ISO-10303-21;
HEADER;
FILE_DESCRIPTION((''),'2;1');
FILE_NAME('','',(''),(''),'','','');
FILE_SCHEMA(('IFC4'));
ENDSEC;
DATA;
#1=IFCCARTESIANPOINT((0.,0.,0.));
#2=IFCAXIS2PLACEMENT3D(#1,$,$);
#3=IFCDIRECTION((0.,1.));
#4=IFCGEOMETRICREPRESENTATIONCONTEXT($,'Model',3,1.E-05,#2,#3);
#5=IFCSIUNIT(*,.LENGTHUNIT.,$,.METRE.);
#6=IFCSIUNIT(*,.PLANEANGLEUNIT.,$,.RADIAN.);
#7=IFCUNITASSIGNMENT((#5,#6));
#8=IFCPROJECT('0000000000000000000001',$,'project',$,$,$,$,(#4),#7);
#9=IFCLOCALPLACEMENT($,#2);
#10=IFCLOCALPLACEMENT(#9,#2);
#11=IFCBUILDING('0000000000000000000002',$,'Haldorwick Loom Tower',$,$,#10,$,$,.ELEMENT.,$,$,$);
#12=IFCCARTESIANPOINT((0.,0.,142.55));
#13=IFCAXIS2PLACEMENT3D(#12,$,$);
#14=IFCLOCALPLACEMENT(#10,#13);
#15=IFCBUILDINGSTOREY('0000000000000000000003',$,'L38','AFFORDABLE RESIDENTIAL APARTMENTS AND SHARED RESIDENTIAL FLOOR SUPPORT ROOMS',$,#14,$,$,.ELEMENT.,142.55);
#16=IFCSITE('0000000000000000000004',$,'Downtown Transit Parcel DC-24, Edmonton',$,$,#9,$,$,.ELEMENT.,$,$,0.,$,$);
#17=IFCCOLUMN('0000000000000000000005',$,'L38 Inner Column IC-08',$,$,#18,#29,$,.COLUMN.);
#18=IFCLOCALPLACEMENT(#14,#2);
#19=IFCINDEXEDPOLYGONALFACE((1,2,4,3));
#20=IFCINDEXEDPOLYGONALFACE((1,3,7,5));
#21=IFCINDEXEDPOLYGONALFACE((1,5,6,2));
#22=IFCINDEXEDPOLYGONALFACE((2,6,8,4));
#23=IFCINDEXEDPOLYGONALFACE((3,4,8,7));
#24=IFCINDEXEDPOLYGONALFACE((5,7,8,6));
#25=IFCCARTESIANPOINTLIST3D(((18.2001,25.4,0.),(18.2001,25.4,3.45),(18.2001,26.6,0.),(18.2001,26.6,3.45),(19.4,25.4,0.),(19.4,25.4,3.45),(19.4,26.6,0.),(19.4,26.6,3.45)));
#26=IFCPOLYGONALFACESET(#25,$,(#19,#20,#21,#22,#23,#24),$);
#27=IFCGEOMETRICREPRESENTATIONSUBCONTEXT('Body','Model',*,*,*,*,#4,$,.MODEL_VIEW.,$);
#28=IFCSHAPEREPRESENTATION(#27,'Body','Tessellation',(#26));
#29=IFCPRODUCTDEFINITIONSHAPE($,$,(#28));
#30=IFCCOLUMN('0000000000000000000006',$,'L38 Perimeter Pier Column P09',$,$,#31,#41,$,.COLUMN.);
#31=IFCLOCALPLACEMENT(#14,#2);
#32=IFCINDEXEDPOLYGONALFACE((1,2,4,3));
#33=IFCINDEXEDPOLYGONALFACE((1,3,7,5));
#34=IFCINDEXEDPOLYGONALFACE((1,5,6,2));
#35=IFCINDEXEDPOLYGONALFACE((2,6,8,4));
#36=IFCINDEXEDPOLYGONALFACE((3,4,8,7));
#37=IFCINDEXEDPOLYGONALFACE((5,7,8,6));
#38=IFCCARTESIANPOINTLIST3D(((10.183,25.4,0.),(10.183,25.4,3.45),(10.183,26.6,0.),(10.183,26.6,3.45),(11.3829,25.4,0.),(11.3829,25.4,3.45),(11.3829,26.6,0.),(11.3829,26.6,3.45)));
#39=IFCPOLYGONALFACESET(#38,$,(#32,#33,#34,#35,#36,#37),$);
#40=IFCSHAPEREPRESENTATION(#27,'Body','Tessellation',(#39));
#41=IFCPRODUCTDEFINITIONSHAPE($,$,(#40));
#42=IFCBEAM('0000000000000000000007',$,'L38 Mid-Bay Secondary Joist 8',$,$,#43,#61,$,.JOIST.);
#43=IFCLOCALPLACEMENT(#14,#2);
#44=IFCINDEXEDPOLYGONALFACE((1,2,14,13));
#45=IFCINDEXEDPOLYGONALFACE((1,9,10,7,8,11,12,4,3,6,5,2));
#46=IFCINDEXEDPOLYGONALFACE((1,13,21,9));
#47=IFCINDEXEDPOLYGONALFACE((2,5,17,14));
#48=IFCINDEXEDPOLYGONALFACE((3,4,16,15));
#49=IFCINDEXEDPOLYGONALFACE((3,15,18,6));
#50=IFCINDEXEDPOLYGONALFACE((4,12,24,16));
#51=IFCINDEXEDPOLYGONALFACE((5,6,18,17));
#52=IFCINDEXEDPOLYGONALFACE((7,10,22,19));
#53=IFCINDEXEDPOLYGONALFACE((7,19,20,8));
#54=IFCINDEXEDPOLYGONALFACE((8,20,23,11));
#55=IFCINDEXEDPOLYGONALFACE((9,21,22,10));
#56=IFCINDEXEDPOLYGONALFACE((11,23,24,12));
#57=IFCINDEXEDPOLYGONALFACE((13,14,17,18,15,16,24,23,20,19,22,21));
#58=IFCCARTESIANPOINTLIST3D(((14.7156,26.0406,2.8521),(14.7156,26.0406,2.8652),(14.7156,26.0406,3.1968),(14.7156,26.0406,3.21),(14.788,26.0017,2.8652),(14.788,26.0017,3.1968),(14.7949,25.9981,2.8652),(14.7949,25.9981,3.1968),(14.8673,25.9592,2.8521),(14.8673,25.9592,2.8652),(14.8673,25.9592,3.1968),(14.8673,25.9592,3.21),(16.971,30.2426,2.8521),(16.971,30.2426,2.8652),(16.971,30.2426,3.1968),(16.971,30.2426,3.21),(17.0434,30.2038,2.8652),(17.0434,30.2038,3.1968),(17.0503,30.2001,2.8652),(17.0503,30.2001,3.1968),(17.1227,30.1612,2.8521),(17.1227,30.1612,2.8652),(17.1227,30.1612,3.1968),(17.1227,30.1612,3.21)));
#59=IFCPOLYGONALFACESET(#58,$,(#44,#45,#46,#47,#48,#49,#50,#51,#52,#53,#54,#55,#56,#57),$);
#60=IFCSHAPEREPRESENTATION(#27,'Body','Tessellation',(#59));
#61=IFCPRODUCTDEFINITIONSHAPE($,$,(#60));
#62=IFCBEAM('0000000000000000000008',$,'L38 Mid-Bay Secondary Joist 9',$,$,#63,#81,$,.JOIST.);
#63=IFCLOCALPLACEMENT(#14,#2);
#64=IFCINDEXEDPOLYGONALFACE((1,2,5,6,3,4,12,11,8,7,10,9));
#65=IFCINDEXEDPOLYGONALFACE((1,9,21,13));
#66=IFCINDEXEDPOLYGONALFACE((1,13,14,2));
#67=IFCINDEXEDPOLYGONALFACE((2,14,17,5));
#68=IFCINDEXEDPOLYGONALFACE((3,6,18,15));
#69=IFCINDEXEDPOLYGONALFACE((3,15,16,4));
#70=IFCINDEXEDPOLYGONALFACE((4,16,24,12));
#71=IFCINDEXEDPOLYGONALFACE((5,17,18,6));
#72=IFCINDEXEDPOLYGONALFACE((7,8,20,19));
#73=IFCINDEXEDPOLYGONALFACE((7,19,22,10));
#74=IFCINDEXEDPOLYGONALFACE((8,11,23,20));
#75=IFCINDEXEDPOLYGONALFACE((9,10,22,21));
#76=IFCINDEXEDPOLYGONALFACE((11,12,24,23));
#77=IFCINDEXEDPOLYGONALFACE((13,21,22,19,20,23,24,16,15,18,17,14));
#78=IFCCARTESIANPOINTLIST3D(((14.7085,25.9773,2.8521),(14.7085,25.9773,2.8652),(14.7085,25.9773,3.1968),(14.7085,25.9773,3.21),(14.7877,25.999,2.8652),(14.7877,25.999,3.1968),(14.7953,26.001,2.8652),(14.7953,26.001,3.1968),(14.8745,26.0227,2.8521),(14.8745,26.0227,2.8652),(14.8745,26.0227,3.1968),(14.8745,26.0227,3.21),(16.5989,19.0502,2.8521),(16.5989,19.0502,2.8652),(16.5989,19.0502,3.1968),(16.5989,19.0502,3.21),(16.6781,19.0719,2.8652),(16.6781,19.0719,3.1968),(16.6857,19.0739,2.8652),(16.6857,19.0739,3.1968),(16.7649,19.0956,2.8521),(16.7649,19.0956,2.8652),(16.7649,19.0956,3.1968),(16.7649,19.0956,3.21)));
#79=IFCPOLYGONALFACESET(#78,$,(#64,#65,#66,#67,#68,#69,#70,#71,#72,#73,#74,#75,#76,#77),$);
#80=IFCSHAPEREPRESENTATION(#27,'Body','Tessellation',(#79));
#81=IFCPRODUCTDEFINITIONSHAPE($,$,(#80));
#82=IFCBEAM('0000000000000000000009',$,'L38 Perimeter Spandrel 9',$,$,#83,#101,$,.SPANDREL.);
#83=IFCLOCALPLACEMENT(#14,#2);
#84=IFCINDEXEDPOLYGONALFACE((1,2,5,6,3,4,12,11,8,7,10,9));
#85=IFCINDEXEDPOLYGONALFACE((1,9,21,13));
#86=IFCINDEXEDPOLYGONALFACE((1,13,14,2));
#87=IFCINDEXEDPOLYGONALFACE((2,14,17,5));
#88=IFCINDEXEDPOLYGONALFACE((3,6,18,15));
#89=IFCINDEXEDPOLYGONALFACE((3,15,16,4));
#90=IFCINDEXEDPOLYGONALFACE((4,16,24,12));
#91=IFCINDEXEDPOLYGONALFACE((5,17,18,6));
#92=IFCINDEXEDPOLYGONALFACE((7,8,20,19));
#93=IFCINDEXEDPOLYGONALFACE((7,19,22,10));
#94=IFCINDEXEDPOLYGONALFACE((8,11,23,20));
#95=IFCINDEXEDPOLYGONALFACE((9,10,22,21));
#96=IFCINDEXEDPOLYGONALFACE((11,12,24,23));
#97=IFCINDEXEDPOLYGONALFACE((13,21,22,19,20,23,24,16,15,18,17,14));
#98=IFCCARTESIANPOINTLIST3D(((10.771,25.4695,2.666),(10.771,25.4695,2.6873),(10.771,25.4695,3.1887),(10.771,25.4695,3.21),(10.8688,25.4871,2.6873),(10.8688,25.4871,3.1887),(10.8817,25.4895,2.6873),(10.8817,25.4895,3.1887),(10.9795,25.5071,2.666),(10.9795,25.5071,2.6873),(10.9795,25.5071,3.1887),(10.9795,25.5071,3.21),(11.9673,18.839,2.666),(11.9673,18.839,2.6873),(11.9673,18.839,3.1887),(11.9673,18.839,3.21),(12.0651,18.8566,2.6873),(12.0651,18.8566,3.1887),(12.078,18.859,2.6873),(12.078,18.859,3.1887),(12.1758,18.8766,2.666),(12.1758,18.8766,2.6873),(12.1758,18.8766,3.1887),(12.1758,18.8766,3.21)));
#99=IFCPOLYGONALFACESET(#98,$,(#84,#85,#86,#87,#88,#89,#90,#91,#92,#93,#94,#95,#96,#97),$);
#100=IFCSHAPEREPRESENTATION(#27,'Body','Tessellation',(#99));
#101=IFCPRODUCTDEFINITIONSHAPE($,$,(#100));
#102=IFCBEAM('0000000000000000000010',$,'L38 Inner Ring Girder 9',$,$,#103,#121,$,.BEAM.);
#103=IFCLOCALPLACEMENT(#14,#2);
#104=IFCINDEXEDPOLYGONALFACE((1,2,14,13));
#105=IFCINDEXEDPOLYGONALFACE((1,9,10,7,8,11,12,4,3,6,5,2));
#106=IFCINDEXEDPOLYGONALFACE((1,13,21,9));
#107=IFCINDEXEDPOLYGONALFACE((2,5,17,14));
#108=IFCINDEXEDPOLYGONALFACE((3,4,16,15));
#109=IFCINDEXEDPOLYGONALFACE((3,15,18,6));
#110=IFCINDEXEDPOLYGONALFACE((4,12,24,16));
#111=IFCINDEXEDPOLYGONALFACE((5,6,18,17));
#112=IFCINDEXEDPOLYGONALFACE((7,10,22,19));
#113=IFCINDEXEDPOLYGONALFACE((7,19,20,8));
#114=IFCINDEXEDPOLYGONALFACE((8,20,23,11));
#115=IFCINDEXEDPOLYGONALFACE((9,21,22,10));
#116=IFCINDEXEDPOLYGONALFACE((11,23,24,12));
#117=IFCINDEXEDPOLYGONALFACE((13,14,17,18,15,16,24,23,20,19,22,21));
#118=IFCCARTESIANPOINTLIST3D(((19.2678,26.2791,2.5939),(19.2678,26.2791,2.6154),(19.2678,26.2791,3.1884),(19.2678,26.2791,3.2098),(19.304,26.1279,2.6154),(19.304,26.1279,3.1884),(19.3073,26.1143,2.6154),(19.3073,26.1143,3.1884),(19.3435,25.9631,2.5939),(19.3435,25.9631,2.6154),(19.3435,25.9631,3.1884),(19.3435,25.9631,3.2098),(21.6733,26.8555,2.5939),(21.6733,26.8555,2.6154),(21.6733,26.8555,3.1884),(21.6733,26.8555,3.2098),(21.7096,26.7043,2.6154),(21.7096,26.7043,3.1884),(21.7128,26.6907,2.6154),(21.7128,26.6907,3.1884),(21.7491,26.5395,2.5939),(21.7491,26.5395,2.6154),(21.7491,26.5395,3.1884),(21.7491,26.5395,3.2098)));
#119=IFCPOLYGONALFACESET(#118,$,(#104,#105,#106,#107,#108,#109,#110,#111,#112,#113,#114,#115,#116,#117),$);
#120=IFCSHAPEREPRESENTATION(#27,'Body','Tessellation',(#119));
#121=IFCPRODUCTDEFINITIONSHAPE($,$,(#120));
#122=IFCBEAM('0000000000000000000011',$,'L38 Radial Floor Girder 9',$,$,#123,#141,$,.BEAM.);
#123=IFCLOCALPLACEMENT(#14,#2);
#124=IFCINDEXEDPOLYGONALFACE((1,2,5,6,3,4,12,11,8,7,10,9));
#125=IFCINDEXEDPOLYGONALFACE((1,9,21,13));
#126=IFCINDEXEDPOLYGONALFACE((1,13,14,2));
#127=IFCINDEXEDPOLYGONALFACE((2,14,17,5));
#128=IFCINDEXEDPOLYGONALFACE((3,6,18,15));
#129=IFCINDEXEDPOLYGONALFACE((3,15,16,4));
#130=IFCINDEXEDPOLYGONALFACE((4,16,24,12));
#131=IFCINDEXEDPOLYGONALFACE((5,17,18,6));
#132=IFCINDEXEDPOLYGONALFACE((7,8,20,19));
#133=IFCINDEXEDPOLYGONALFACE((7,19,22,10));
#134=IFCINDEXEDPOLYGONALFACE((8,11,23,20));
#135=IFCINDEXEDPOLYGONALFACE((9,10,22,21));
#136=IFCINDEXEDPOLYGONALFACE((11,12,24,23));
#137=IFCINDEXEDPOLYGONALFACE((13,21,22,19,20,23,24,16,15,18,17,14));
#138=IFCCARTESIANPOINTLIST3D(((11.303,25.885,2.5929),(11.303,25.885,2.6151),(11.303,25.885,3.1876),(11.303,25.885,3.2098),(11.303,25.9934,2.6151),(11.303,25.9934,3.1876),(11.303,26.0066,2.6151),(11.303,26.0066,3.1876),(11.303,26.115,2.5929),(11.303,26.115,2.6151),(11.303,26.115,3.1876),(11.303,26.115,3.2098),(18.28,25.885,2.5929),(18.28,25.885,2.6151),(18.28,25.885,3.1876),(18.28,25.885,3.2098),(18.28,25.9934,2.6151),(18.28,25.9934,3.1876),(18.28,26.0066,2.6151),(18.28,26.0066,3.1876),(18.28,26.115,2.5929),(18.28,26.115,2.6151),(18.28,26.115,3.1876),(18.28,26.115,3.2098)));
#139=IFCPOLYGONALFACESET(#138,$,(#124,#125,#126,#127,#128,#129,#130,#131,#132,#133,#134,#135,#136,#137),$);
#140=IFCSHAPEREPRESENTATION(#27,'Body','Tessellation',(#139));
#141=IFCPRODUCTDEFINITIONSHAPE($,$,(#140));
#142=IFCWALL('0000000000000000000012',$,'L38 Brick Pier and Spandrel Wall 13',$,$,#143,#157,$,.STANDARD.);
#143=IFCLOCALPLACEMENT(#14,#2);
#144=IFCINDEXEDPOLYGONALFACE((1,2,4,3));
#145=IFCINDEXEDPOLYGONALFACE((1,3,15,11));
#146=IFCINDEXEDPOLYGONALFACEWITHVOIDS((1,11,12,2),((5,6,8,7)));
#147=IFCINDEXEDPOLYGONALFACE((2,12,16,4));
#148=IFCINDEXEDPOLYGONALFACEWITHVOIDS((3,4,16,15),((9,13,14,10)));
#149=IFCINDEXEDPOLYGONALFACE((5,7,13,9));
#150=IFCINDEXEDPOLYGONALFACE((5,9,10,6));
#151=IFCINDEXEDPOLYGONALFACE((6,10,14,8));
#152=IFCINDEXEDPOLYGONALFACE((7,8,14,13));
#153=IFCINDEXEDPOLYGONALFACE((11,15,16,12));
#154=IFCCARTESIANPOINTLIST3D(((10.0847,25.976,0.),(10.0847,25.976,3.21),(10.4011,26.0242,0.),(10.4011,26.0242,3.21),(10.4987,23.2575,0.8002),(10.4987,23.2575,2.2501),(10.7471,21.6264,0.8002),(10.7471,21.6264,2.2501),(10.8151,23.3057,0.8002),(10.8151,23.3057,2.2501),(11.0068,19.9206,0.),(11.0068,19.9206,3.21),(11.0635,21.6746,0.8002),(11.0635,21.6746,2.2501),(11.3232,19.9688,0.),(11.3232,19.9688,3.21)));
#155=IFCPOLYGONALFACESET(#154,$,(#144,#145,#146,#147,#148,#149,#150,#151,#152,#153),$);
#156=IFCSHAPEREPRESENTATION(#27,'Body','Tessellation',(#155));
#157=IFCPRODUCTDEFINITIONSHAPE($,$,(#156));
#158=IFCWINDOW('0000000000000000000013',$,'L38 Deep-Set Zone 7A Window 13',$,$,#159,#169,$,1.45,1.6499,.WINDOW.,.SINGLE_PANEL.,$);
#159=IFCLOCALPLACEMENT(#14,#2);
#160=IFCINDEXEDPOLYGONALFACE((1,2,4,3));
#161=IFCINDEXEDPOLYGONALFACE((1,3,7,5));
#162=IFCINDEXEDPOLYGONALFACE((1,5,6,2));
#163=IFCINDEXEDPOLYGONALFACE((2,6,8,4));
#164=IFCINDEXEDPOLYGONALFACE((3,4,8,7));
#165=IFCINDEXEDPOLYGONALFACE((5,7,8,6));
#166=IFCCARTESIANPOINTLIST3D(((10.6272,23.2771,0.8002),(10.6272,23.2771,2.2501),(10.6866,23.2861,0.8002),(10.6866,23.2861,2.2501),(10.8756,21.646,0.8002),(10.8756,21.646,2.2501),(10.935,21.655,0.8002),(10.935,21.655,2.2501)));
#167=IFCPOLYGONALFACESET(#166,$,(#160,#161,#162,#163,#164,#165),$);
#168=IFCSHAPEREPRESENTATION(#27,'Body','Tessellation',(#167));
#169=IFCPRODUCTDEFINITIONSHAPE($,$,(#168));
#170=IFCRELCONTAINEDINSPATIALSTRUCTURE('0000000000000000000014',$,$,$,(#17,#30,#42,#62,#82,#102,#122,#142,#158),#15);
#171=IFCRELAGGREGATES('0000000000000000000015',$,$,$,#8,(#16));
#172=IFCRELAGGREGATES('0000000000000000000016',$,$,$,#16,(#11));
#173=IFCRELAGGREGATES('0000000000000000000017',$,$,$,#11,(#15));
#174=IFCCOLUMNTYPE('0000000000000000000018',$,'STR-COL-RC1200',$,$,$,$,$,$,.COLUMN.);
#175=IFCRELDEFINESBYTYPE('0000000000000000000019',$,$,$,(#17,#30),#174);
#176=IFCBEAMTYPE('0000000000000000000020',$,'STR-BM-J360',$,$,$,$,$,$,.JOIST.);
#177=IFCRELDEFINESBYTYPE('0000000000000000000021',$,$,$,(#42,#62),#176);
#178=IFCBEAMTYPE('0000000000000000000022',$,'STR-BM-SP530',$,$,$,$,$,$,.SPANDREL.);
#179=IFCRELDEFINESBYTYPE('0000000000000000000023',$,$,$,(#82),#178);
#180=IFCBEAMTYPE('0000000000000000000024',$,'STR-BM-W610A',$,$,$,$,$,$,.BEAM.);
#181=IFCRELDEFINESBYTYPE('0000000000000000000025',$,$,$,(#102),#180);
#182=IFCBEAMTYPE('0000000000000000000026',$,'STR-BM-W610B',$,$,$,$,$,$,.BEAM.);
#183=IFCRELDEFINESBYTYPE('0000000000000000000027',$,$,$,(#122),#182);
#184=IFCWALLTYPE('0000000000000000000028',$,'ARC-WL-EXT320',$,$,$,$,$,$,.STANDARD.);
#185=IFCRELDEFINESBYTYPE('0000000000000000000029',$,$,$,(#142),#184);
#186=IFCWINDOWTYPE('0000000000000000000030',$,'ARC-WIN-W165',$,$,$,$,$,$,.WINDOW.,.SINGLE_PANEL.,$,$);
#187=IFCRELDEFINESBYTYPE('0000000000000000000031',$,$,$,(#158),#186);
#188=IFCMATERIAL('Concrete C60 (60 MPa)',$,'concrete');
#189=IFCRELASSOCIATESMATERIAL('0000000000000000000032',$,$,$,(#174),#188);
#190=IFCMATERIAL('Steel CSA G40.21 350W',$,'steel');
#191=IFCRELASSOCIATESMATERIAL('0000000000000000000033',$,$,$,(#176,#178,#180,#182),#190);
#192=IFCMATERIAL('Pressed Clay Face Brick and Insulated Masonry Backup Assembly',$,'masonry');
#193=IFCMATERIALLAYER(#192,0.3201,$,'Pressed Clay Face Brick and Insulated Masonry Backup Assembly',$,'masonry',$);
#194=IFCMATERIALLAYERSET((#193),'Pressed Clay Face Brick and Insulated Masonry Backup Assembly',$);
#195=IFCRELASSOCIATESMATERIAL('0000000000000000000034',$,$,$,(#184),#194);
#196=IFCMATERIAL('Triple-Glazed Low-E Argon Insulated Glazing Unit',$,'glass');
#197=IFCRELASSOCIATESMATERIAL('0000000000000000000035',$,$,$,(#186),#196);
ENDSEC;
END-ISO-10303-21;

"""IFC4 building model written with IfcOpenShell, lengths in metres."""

from ifc_helpers import new_model, si_unit, direction, frame, frame_2d, origin, origin_2d, place, context, subcontext, project, spatial, rectangle, i_section, extrude, material, layer, layer_set, material_profile, profile_set, type_object, element, fill, save


model = new_model("IFC4")

# Units and contexts
model_context = context("Model", 3, precision=1e-05, world=origin(), true_north=direction((0.0, 1.0)))
body_context = subcontext(model_context, "Body", "Model", "MODEL_VIEW")
ifc_project = project(units=[si_unit("LENGTHUNIT", "METRE"), si_unit("PLANEANGLEUNIT", "RADIAN")], contexts=[model_context])

# Site, building, storey
site_placement = place(None, origin())
site = spatial("IfcSite", under=ifc_project, at=site_placement, Name="Downtown Transit Parcel DC-24, Edmonton", CompositionType="ELEMENT", RefElevation=0.0)
building_placement = place(site_placement, origin())
building = spatial("IfcBuilding", under=site, at=building_placement, Name="Haldorwick Loom Tower", CompositionType="ELEMENT")
storey_placement = place(building_placement, frame((0.0, 0.0, 142.55)))
storey = spatial("IfcBuildingStorey", under=building, at=storey_placement, Name="L38", Description="AFFORDABLE RESIDENTIAL APARTMENTS AND SHARED RESIDENTIAL FLOOR SUPPORT ROOMS", CompositionType="ELEMENT", Elevation=142.55)

# Columns
ifc_material_1 = material(Name="Concrete C60 (60 MPa)", Category="concrete")
ifc_material_profile_1 = material_profile(ifc_material_1, rectangle(XDim=1.2, YDim=1.2, at=origin_2d()), Name="RC1200X1200", Category="concrete")
ifc_profile_set_1 = profile_set([ifc_material_profile_1], Name="Concrete C60 (60 MPa)")
column_type = type_object("IfcColumnType", Name="STR-COL-RC1200", PredefinedType="COLUMN", material=ifc_profile_set_1)
for number, where, z_axis, x_axis, name in (
    (1, (18.8, 26.0, 0.0), (0.0, 0.0, 1.0), (1.0, 0.0, 0.0), "L38 Inner Column IC-08"),
    (2, (10.783, 26.0, 0.0), (0.0, 0.0, 1.0), (-1.0, 0.0, 0.0), "L38 Perimeter Pier Column P09"),
):
    element("IfcColumn", number, at=place(storey_placement, frame(where, z_axis=z_axis, x_axis=x_axis)), inside=storey, type_object=column_type, Name=name, PredefinedType="COLUMN", context=body_context, shape_type="SweptSolid", body=[
        extrude(rectangle(XDim=1.2, YDim=1.2, at=origin_2d()), origin(), (0.0, 0.0, 1.0), 3.45),
    ])

# Beams
ifc_material_2 = material(Name="Steel CSA G40.21 350W", Category="steel")
ifc_material_profile_2 = material_profile(ifc_material_2, i_section(OverallWidth=0.1721, OverallDepth=0.3579, WebThickness=0.0078, FlangeThickness=0.0132, at=origin_2d()), Name="W360X57", Category="steel")
ifc_profile_set_2 = profile_set([ifc_material_profile_2], Name="Steel CSA G40.21 350W")
beam_type_1 = type_object("IfcBeamType", Name="STR-BM-J360", PredefinedType="JOIST", material=ifc_profile_set_2)
beam_1_placement = place(storey_placement, frame((17.0469, 30.2019, 3.031), z_axis=(-0.47293, -0.8811, 0.0), x_axis=(0.8811, -0.47293, 0.0)))
element("IfcBeam", 3, at=beam_1_placement, inside=storey, type_object=beam_type_1, Name="L38 Mid-Bay Secondary Joist 8", PredefinedType="JOIST", context=body_context, shape_type="SweptSolid", body=[
    extrude(i_section(OverallWidth=0.1721, OverallDepth=0.3579, WebThickness=0.0078, FlangeThickness=0.0132, at=origin_2d()), origin(), (0.0, 0.0, 1.0), 4.769),
])
beam_2_placement = place(storey_placement, frame((14.7915, 26.0, 3.031), z_axis=(0.263273, -0.964721, 0.0), x_axis=(0.964721, 0.263273, 0.0)))
element("IfcBeam", 4, at=beam_2_placement, inside=storey, type_object=beam_type_1, Name="L38 Mid-Bay Secondary Joist 9", PredefinedType="JOIST", context=body_context, shape_type="SweptSolid", body=[
    extrude(i_section(OverallWidth=0.1721, OverallDepth=0.3579, WebThickness=0.0078, FlangeThickness=0.0132, at=origin_2d()), origin(), (0.0, 0.0, 1.0), 7.1804),
])
ifc_material_profile_3 = material_profile(ifc_material_2, i_section(OverallWidth=0.2119, OverallDepth=0.5439, WebThickness=0.0132, FlangeThickness=0.0212, at=origin_2d()), Name="W530X123", Category="steel")
ifc_profile_set_3 = profile_set([ifc_material_profile_3], Name="Steel CSA G40.21 350W")
beam_type_2 = type_object("IfcBeamType", Name="STR-BM-SP530", PredefinedType="SPANDREL", material=ifc_profile_set_3)
beam_3_placement = place(storey_placement, frame((10.8752, 25.4883, 2.938), z_axis=(0.177559, -0.98411, 0.0), x_axis=(0.98411, 0.177559, 0.0)))
element("IfcBeam", 5, at=beam_3_placement, inside=storey, type_object=beam_type_2, Name="L38 Perimeter Spandrel 9", PredefinedType="SPANDREL", context=body_context, shape_type="SweptSolid", body=[
    extrude(i_section(OverallWidth=0.2119, OverallDepth=0.5439, WebThickness=0.0132, FlangeThickness=0.0212, at=origin_2d()), origin(), (0.0, 0.0, 1.0), 6.7375),
])
ifc_material_profile_4 = material_profile(ifc_material_2, i_section(OverallWidth=0.325, OverallDepth=0.616, WebThickness=0.0139, FlangeThickness=0.0215, at=origin_2d()), Name="W610X174", Category="steel")
ifc_profile_set_4 = profile_set([ifc_material_profile_4], Name="Steel CSA G40.21 350W")
beam_type_3 = type_object("IfcBeamType", Name="STR-BM-W610A", PredefinedType="BEAM", material=ifc_profile_set_4)
beam_4_placement = place(storey_placement, frame((19.3057, 26.1211, 2.9019), z_axis=(0.972471, 0.233026, 0.0), x_axis=(-0.233026, 0.972471, 0.0)))
element("IfcBeam", 6, at=beam_4_placement, inside=storey, type_object=beam_type_3, Name="L38 Inner Ring Girder 9", PredefinedType="BEAM", context=body_context, shape_type="SweptSolid", body=[
    extrude(i_section(OverallWidth=0.325, OverallDepth=0.616, WebThickness=0.0139, FlangeThickness=0.0215, at=origin_2d()), origin(), (0.0, 0.0, 1.0), 2.4736),
])
ifc_material_profile_5 = material_profile(ifc_material_2, i_section(OverallWidth=0.23, OverallDepth=0.6169, WebThickness=0.0132, FlangeThickness=0.0222, at=origin_2d()), Name="W610X140", Category="steel")
ifc_profile_set_5 = profile_set([ifc_material_profile_5], Name="Steel CSA G40.21 350W")
beam_type_4 = type_object("IfcBeamType", Name="STR-BM-W610B", PredefinedType="BEAM", material=ifc_profile_set_5)
beam_5_placement = place(storey_placement, frame((18.28, 26.0, 2.9014), z_axis=(-1.0, 0.0, 0.0), x_axis=(0.0, -1.0, 0.0)))
element("IfcBeam", 7, at=beam_5_placement, inside=storey, type_object=beam_type_4, Name="L38 Radial Floor Girder 9", PredefinedType="BEAM", context=body_context, shape_type="SweptSolid", body=[
    extrude(i_section(OverallWidth=0.23, OverallDepth=0.6169, WebThickness=0.0132, FlangeThickness=0.0222, at=origin_2d()), origin(), (0.0, 0.0, 1.0), 6.9771),
])

# Wall, opening, window
ifc_material_3 = material(Name="Pressed Clay Face Brick and Insulated Masonry Backup Assembly", Category="masonry")
ifc_layer_1 = layer(ifc_material_3, 0.3201, Name="Pressed Clay Face Brick and Insulated Masonry Backup Assembly", Category="masonry")
ifc_layer_set_1 = layer_set([ifc_layer_1], Name="Pressed Clay Face Brick and Insulated Masonry Backup Assembly")
wall_type_1 = type_object("IfcWallType", Name="ARC-WL-EXT320", PredefinedType="STANDARD", material=ifc_layer_set_1)
wall_1_placement = place(storey_placement, frame((10.2429, 26.0, 0.0), z_axis=(0.0, 0.0, 1.0), x_axis=(0.150544, -0.988603, 0.0)))
wall_1 = element("IfcWall", 8, at=wall_1_placement, inside=storey, type_object=wall_type_1, Name="L38 Brick Pier and Spandrel Wall 13", PredefinedType="STANDARD", context=body_context, shape_type="SweptSolid", body=[
    extrude(rectangle(XDim=6.1252, YDim=0.3201, at=frame_2d((3.0625, 0.0))), origin(), (0.0, 0.0, 1.0), 3.21),
])
opening_1_placement = place(wall_1_placement, frame((2.7498, 0.0, 0.8)))
opening_1 = element("IfcOpeningElement", 9, at=opening_1_placement, cuts=wall_1, PredefinedType="OPENING", context=body_context, shape_type="SweptSolid", body=[
    extrude(rectangle(XDim=1.6499, YDim=1.45, at=frame_2d((0.825, 0.7251))), frame((0.0, 0.1699, 0.0), z_axis=(0.0, -1.0, 0.0), x_axis=(1.0, 0.0, 0.0)), (0.0, 0.0, 1.0), 0.3401),
])
ifc_material_4 = material(Name="Triple-Glazed Low-E Argon Insulated Glazing Unit", Category="glass")
window_type = type_object("IfcWindowType", Name="ARC-WIN-W165", PartitioningType="SINGLE_PANEL", PredefinedType="WINDOW", material=ifc_material_4)
window_placement = place(opening_1_placement, origin())
window = element("IfcWindow", 10, at=window_placement, inside=storey, type_object=window_type, Name="L38 Deep-Set Zone 7A Window 13", OverallHeight=1.45, OverallWidth=1.6499, PartitioningType="SINGLE_PANEL", PredefinedType="WINDOW", context=body_context, shape_type="SweptSolid", body=[
    extrude(rectangle(XDim=1.6499, YDim=1.45, at=frame_2d((0.825, 0.7251))), frame((0.0, 0.03, 0.0), z_axis=(0.0, -1.0, 0.0), x_axis=(1.0, 0.0, 0.0)), (0.0, 0.0, 1.0), 0.0601),
])
fill(opening_1, window)

save(model, "model.ifc")
